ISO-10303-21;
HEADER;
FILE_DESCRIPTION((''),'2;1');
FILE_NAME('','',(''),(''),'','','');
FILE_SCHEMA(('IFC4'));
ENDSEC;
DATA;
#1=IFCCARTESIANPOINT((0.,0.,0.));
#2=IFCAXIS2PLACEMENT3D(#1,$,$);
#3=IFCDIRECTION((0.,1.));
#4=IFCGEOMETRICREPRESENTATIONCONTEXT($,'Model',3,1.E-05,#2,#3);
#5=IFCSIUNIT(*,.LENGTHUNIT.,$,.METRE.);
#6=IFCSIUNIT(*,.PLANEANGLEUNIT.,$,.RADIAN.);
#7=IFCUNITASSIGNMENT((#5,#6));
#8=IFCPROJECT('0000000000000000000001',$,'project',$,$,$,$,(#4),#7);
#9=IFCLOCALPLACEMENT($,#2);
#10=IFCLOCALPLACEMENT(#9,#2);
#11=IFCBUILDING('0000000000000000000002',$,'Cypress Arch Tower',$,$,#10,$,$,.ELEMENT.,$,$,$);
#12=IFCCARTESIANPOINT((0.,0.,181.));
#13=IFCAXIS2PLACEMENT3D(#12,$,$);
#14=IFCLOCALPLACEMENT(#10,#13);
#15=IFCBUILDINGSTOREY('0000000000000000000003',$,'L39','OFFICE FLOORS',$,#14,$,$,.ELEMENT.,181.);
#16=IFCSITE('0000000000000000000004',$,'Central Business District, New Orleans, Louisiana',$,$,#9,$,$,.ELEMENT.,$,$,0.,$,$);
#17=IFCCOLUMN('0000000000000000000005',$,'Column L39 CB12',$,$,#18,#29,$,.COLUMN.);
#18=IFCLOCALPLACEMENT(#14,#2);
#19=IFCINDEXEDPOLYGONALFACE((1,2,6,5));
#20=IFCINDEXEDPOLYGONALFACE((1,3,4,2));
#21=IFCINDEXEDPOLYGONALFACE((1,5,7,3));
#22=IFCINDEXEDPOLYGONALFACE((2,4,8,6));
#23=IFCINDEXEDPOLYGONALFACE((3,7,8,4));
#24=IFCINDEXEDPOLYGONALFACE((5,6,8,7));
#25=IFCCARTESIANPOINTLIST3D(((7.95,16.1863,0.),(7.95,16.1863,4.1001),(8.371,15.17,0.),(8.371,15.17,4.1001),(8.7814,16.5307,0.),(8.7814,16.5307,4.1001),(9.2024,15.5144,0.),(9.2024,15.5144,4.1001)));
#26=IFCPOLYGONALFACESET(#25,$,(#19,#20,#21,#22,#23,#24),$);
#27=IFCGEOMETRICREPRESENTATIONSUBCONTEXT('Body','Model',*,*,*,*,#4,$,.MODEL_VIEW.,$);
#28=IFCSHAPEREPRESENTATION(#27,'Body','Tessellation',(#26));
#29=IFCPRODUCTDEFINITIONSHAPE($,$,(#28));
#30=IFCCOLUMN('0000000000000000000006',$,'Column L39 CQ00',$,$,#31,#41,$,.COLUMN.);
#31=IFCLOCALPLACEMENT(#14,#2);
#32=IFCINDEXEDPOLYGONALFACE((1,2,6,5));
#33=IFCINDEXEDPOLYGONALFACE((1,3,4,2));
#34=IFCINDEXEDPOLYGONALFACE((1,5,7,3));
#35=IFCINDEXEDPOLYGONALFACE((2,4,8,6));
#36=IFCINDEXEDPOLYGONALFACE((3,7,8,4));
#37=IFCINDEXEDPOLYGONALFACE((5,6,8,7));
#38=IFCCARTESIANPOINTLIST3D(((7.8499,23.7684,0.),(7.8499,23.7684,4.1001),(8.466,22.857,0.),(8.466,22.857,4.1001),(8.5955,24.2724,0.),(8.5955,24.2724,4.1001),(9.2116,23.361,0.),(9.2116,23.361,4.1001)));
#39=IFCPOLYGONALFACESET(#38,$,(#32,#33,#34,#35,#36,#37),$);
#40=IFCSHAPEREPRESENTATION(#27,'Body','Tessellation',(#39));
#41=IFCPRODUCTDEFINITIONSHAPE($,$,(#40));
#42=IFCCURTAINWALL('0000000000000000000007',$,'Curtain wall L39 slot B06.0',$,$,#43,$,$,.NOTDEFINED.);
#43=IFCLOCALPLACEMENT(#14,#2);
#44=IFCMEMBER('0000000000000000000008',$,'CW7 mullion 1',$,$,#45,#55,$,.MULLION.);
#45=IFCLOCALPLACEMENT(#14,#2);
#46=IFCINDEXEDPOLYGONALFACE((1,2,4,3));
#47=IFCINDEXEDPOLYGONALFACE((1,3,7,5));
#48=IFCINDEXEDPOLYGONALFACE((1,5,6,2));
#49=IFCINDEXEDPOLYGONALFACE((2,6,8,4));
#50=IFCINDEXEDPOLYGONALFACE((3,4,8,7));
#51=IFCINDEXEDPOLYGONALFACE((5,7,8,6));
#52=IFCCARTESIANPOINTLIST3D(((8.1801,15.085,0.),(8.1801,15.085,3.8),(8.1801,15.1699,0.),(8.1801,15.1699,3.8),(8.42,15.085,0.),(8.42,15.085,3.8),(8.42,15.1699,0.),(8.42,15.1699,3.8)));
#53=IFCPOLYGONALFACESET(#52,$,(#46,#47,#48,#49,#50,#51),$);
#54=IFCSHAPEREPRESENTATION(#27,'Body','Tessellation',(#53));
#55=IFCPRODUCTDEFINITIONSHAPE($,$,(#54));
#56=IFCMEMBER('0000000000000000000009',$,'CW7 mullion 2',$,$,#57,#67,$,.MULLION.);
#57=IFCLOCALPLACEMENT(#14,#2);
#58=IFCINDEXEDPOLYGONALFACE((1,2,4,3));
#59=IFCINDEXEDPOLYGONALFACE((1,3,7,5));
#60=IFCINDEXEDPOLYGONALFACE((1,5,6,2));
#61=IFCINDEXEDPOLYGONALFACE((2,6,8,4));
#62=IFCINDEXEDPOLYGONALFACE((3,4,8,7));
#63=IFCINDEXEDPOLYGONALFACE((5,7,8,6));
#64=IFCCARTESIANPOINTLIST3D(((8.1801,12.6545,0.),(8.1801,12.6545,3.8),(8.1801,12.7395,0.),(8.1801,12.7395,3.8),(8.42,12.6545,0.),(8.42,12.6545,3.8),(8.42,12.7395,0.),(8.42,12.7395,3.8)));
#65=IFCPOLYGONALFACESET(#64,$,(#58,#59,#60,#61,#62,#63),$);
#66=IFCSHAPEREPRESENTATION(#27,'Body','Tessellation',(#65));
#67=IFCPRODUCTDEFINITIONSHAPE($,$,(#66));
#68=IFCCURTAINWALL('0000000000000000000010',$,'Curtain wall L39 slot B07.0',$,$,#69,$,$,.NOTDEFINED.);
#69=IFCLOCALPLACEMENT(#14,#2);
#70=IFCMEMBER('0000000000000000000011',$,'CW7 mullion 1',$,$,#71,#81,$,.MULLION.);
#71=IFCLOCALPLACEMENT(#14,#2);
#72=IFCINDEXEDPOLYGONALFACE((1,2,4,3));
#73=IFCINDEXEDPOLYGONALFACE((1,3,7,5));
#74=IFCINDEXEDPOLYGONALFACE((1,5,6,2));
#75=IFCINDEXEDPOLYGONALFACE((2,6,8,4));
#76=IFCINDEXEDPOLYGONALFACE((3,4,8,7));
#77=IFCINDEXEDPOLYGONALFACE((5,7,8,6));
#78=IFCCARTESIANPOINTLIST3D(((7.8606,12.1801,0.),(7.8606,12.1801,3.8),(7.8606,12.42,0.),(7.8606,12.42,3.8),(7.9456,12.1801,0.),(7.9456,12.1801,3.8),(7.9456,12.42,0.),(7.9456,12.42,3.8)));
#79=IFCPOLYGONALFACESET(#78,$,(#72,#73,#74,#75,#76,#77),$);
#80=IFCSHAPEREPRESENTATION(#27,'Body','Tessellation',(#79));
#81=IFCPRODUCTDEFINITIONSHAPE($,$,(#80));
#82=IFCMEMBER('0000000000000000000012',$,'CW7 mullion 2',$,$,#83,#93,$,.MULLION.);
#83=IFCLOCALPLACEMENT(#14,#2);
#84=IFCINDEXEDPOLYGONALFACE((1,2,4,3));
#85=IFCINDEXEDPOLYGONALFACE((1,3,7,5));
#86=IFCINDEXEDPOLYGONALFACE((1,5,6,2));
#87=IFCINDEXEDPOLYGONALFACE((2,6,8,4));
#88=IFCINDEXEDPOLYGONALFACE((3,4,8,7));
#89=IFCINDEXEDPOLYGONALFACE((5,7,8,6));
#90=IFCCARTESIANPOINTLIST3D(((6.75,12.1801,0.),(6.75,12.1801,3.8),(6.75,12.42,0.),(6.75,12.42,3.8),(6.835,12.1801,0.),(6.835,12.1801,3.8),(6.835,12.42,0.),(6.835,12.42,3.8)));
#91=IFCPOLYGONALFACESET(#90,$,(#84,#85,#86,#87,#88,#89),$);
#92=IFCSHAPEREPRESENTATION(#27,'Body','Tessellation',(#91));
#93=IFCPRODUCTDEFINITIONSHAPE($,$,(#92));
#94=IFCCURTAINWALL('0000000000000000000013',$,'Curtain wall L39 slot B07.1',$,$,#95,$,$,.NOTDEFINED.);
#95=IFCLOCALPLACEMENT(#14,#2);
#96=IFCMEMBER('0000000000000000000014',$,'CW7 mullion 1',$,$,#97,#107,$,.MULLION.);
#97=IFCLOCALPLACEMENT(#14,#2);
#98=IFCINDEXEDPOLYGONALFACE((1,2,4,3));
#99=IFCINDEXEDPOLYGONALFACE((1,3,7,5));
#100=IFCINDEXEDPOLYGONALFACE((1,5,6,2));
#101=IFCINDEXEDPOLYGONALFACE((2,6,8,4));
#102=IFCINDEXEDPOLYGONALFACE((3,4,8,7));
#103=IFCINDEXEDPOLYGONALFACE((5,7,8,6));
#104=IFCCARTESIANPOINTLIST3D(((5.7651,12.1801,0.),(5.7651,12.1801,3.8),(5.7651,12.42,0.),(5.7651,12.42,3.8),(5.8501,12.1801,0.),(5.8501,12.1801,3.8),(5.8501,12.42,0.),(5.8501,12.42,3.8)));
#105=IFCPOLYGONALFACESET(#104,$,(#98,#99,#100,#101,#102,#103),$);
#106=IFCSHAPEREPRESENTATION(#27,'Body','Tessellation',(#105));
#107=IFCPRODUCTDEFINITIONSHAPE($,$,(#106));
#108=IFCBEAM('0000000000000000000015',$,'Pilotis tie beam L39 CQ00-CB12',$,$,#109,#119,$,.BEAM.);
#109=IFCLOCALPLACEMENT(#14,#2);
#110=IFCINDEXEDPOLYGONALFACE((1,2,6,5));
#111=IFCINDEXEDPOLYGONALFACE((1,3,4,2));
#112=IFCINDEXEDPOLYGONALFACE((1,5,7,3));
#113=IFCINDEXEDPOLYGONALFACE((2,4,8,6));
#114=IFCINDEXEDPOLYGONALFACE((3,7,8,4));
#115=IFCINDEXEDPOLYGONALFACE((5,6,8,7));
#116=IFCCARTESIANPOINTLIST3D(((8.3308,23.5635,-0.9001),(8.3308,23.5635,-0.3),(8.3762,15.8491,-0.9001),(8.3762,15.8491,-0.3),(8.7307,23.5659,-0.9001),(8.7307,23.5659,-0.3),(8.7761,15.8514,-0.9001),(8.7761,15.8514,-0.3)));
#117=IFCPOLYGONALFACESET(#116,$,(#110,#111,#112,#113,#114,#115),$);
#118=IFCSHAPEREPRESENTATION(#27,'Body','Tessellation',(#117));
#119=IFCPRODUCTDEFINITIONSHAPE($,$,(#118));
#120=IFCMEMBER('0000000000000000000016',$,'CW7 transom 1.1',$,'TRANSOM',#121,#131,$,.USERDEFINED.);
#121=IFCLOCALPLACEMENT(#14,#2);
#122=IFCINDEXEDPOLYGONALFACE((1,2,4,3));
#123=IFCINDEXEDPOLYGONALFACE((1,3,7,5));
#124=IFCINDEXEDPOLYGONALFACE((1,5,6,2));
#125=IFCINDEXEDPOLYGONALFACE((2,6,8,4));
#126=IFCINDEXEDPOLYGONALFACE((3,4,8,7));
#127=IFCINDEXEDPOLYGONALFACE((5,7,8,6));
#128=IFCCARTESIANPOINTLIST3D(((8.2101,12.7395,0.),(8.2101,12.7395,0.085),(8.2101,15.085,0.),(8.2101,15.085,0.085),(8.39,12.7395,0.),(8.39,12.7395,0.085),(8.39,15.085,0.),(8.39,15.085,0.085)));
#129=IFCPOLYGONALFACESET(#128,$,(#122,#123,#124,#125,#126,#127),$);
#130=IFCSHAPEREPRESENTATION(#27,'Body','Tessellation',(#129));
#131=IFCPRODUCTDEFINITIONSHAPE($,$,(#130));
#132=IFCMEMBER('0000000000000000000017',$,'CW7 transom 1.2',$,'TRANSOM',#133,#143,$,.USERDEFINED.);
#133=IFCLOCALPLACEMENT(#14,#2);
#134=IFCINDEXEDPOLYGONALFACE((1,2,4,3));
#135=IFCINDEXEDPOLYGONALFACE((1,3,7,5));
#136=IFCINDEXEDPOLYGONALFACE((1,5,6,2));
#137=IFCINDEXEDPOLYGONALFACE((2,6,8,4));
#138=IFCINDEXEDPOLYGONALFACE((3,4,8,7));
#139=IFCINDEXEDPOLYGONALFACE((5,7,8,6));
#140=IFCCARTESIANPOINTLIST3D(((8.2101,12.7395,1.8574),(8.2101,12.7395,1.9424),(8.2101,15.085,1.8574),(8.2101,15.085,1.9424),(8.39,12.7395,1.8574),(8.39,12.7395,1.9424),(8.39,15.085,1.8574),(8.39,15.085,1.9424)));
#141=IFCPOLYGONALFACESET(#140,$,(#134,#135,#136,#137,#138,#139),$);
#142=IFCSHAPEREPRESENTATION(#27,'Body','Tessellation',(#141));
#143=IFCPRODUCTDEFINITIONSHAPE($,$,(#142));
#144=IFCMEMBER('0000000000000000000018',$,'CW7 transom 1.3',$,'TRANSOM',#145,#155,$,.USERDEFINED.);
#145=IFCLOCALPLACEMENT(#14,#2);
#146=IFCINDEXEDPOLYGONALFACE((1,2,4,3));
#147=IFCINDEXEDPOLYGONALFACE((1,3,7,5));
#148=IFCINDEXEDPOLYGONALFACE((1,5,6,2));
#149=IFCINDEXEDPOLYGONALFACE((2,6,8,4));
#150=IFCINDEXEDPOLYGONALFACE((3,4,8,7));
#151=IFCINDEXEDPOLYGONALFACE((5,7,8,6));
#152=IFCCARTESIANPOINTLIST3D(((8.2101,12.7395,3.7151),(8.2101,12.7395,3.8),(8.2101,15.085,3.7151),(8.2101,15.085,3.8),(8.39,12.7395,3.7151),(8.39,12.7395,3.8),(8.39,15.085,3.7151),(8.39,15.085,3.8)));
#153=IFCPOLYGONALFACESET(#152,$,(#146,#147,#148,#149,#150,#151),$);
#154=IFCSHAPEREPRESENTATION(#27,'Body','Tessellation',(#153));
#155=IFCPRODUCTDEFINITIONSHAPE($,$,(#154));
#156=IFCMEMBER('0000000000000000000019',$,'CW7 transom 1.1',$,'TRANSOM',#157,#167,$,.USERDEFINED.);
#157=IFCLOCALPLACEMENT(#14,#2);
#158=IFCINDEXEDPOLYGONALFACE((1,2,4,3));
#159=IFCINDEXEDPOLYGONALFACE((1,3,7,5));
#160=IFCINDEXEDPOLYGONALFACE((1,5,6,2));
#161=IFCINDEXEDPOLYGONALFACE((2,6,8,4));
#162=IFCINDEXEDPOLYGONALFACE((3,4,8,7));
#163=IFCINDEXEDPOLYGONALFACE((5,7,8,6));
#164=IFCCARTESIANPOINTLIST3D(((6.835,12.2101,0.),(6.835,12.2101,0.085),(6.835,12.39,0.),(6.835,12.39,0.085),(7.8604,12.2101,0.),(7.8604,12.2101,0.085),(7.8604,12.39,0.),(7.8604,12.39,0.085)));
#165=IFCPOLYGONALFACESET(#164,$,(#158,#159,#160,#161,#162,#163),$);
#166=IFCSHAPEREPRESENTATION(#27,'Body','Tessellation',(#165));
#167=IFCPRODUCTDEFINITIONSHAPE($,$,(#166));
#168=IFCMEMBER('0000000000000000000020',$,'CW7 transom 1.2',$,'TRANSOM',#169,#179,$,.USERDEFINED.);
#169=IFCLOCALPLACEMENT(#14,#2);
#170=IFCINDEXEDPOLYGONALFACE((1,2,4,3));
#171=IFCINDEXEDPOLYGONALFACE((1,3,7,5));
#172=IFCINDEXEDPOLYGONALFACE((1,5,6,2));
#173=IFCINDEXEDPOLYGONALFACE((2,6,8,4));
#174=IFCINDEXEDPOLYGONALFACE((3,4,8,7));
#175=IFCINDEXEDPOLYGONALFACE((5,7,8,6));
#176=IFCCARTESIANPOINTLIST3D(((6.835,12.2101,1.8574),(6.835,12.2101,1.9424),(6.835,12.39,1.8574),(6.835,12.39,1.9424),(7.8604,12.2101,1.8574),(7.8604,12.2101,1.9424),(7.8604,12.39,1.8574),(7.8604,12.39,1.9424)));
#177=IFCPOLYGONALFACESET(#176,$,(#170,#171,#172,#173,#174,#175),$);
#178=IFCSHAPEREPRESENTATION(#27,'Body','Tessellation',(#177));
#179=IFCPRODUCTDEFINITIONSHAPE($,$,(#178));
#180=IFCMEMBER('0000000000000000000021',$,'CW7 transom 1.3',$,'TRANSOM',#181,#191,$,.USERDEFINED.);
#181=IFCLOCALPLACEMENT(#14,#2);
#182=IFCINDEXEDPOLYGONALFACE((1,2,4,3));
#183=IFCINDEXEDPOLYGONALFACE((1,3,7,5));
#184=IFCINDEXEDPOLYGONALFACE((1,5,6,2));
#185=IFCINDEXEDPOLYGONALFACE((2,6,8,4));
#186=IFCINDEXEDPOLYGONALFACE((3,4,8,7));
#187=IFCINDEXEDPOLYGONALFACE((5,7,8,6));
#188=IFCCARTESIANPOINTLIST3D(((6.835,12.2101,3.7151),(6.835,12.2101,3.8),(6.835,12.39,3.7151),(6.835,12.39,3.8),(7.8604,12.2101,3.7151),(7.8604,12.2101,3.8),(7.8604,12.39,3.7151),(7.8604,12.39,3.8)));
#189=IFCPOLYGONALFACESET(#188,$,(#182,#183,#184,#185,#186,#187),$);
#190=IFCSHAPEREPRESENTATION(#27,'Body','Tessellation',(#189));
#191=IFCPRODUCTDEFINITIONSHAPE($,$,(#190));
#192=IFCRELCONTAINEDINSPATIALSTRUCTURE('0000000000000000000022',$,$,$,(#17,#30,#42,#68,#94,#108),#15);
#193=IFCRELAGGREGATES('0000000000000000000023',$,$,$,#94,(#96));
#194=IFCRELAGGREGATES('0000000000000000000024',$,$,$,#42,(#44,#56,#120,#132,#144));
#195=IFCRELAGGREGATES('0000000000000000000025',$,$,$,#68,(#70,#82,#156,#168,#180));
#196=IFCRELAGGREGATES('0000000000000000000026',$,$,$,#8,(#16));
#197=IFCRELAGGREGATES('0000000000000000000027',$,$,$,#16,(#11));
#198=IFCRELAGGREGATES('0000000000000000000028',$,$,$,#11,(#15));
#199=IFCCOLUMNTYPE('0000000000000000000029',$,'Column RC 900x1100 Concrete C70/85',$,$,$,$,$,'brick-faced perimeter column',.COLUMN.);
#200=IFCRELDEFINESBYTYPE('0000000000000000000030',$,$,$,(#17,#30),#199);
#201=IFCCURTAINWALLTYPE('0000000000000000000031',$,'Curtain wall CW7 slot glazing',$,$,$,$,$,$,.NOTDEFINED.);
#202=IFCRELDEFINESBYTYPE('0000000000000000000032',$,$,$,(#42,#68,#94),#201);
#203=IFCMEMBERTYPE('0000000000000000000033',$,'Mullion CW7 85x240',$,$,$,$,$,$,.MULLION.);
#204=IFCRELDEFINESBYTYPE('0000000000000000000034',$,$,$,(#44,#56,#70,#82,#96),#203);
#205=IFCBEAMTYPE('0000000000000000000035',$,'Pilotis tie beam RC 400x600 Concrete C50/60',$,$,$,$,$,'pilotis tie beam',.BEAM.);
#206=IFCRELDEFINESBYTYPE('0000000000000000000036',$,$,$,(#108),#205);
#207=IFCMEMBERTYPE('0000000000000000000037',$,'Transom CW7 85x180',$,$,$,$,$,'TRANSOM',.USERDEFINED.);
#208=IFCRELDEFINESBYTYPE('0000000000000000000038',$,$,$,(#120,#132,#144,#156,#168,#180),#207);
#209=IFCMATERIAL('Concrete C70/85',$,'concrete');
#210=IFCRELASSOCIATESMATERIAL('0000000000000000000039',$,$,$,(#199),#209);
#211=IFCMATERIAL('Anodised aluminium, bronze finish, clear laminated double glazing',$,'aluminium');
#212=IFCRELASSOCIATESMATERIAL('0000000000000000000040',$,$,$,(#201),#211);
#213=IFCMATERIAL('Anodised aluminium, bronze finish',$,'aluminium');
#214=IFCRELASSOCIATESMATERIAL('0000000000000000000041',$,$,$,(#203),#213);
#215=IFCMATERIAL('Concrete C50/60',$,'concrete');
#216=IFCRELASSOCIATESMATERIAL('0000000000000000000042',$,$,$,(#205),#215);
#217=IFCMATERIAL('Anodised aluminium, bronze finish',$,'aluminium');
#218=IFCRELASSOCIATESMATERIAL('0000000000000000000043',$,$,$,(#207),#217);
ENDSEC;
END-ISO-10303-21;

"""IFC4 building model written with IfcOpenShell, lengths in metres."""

from ifc_helpers import new_model, si_unit, direction, frame, origin, origin_2d, place, context, subcontext, project, spatial, rectangle, extrude, material, material_profile, profile_set, type_object, element, aggregate, save


model = new_model("IFC4")

# Units and contexts
model_context = context("Model", 3, precision=1e-05, world=origin(), true_north=direction((0.0, 1.0)))
body_context = subcontext(model_context, "Body", "Model", "MODEL_VIEW")
ifc_project = project(units=[si_unit("LENGTHUNIT", "METRE"), si_unit("PLANEANGLEUNIT", "RADIAN")], contexts=[model_context])

# Site, building, storey
site_placement = place(None, origin())
site = spatial("IfcSite", under=ifc_project, at=site_placement, Name="Central Business District, New Orleans, Louisiana", CompositionType="ELEMENT", RefElevation=0.0)
building_placement = place(site_placement, origin())
building = spatial("IfcBuilding", under=site, at=building_placement, Name="Cypress Arch Tower", CompositionType="ELEMENT")
storey_placement = place(building_placement, frame((0.0, 0.0, 181.0)))
storey = spatial("IfcBuildingStorey", under=building, at=storey_placement, Name="L39", Description="OFFICE FLOORS", CompositionType="ELEMENT", Elevation=181.0)

# Columns
ifc_material_1 = material(Name="Concrete C70/85", Category="concrete")
ifc_material_profile_1 = material_profile(ifc_material_1, rectangle(XDim=0.8999, YDim=1.1001, at=origin_2d()), Name="RC 900x1100")
ifc_profile_set_1 = profile_set([ifc_material_profile_1], Name="Concrete C70/85")
column_type = type_object("IfcColumnType", Name="Column RC 900x1100 Concrete C70/85", ElementType="brick-faced perimeter column", PredefinedType="COLUMN", material=ifc_profile_set_1)
for number, where, z_axis, x_axis, name in (
    (1, (8.5762, 15.8503, 0.0), (0.0, 0.0, 1.0), (-0.92388, -0.382683, 0.0), "Column L39 CB12"),
    (2, (8.5308, 23.5647, 0.0), (0.0, 0.0, 1.0), (-0.82847, -0.560034, 0.0), "Column L39 CQ00"),
):
    element("IfcColumn", number, at=place(storey_placement, frame(where, z_axis=z_axis, x_axis=x_axis)), inside=storey, type_object=column_type, Name=name, PredefinedType="COLUMN", context=body_context, shape_type="SweptSolid", body=[
        extrude(rectangle(XDim=0.8999, YDim=1.1001, at=origin_2d()), origin(), (0.0, 0.0, 1.0), 4.1001),
    ])

# Curtain walls, members
ifc_material_2 = material(Name="Anodised aluminium, bronze finish, clear laminated double glazing", Category="aluminium")
curtain_wall_type = type_object("IfcCurtainWallType", Name="Curtain wall CW7 slot glazing", PredefinedType="NOTDEFINED", material=ifc_material_2)
curtain_wall_1_placement = place(storey_placement, origin())
curtain_wall_1 = element("IfcCurtainWall", 3, at=curtain_wall_1_placement, inside=storey, type_object=curtain_wall_type, Name="Curtain wall L39 slot B06.0", PredefinedType="NOTDEFINED")
ifc_material_3 = material(Name="Anodised aluminium, bronze finish", Category="aluminium")
ifc_material_profile_2 = material_profile(ifc_material_3, rectangle(XDim=0.24, YDim=0.085, at=origin_2d()), Name="Mullion 85x240")
ifc_profile_set_2 = profile_set([ifc_material_profile_2], Name="Anodised aluminium, bronze finish")
member_type_1 = type_object("IfcMemberType", Name="Mullion CW7 85x240", PredefinedType="MULLION", material=ifc_profile_set_2)
member_1_placement = place(storey_placement, frame((8.3, 15.1274, 0.0), z_axis=(0.0, 0.0, 1.0), x_axis=(1.0, 0.0, 0.0)))
member_1 = element("IfcMember", 4, at=member_1_placement, type_object=member_type_1, Name="CW7 mullion 1", PredefinedType="MULLION", context=body_context, shape_type="SweptSolid", body=[
    extrude(rectangle(XDim=0.24, YDim=0.085, at=origin_2d()), origin(), (0.0, 0.0, 1.0), 3.8),
])
member_2_placement = place(storey_placement, frame((8.3, 12.697, 0.0), z_axis=(0.0, 0.0, 1.0), x_axis=(1.0, 0.0, 0.0)))
member_2 = element("IfcMember", 5, at=member_2_placement, type_object=member_type_1, Name="CW7 mullion 2", PredefinedType="MULLION", context=body_context, shape_type="SweptSolid", body=[
    extrude(rectangle(XDim=0.24, YDim=0.085, at=origin_2d()), origin(), (0.0, 0.0, 1.0), 3.8),
])
curtain_wall_2_placement = place(storey_placement, origin())
curtain_wall_2 = element("IfcCurtainWall", 6, at=curtain_wall_2_placement, inside=storey, type_object=curtain_wall_type, Name="Curtain wall L39 slot B07.0", PredefinedType="NOTDEFINED")
member_3_placement = place(storey_placement, frame((7.9031, 12.3, 0.0), z_axis=(0.0, 0.0, 1.0), x_axis=(0.0, -1.0, 0.0)))
member_3 = element("IfcMember", 7, at=member_3_placement, type_object=member_type_1, Name="CW7 mullion 1", PredefinedType="MULLION", context=body_context, shape_type="SweptSolid", body=[
    extrude(rectangle(XDim=0.24, YDim=0.085, at=origin_2d()), origin(), (0.0, 0.0, 1.0), 3.8),
])
member_4_placement = place(storey_placement, frame((6.7925, 12.3, 0.0), z_axis=(0.0, 0.0, 1.0), x_axis=(0.0, -1.0, 0.0)))
member_4 = element("IfcMember", 8, at=member_4_placement, type_object=member_type_1, Name="CW7 mullion 2", PredefinedType="MULLION", context=body_context, shape_type="SweptSolid", body=[
    extrude(rectangle(XDim=0.24, YDim=0.085, at=origin_2d()), origin(), (0.0, 0.0, 1.0), 3.8),
])

# Curtain wall, member
curtain_wall_3_placement = place(storey_placement, origin())
curtain_wall_3 = element("IfcCurtainWall", 9, at=curtain_wall_3_placement, inside=storey, type_object=curtain_wall_type, Name="Curtain wall L39 slot B07.1", PredefinedType="NOTDEFINED")
member_5_placement = place(storey_placement, frame((5.8076, 12.3, 0.0), z_axis=(0.0, 0.0, 1.0), x_axis=(0.0, -1.0, 0.0)))
member_5 = element("IfcMember", 10, at=member_5_placement, type_object=member_type_1, Name="CW7 mullion 1", PredefinedType="MULLION", context=body_context, shape_type="SweptSolid", body=[
    extrude(rectangle(XDim=0.24, YDim=0.085, at=origin_2d()), origin(), (0.0, 0.0, 1.0), 3.8),
])

# Beam
ifc_material_4 = material(Name="Concrete C50/60", Category="concrete")
ifc_material_profile_3 = material_profile(ifc_material_4, rectangle(XDim=0.3999, YDim=0.6001, at=origin_2d()), Name="RC 400x600")
ifc_profile_set_3 = profile_set([ifc_material_profile_3], Name="Concrete C50/60")
beam_type = type_object("IfcBeamType", Name="Pilotis tie beam RC 400x600 Concrete C50/60", ElementType="pilotis tie beam", PredefinedType="BEAM", material=ifc_profile_set_3)
beam_placement = place(storey_placement, frame((8.5308, 23.5647, -0.6001), z_axis=(0.005886, -0.999983, 0.0), x_axis=(0.999983, 0.005886, 0.0)))
element("IfcBeam", 11, at=beam_placement, inside=storey, type_object=beam_type, Name="Pilotis tie beam L39 CQ00-CB12", PredefinedType="BEAM", context=body_context, shape_type="SweptSolid", body=[
    extrude(rectangle(XDim=0.3999, YDim=0.6001, at=origin_2d()), origin(), (0.0, 0.0, 1.0), 7.7146),
])

# Members
ifc_material_5 = material(Name="Anodised aluminium, bronze finish", Category="aluminium")
ifc_material_profile_4 = material_profile(ifc_material_5, rectangle(XDim=0.1799, YDim=0.085, at=origin_2d()), Name="Transom 85x180")
ifc_profile_set_4 = profile_set([ifc_material_profile_4], Name="Anodised aluminium, bronze finish")
member_type_2 = type_object("IfcMemberType", Name="Transom CW7 85x180", ElementType="TRANSOM", PredefinedType="USERDEFINED", material=ifc_profile_set_4)
member_6_placement = place(storey_placement, frame((8.3, 15.085, 0.0425), z_axis=(0.0, -1.0, 0.0), x_axis=(1.0, 0.0, 0.0)))
member_6 = element("IfcMember", 12, at=member_6_placement, type_object=member_type_2, Name="CW7 transom 1.1", ObjectType="TRANSOM", PredefinedType="USERDEFINED", context=body_context, shape_type="SweptSolid", body=[
    extrude(rectangle(XDim=0.1799, YDim=0.085, at=origin_2d()), origin(), (0.0, 0.0, 1.0), 2.3455),
])
member_7_placement = place(storey_placement, frame((8.3, 15.085, 1.8999), z_axis=(0.0, -1.0, 0.0), x_axis=(1.0, 0.0, 0.0)))
member_7 = element("IfcMember", 13, at=member_7_placement, type_object=member_type_2, Name="CW7 transom 1.2", ObjectType="TRANSOM", PredefinedType="USERDEFINED", context=body_context, shape_type="SweptSolid", body=[
    extrude(rectangle(XDim=0.1799, YDim=0.085, at=origin_2d()), origin(), (0.0, 0.0, 1.0), 2.3455),
])
member_8_placement = place(storey_placement, frame((8.3, 15.085, 3.7576), z_axis=(0.0, -1.0, 0.0), x_axis=(1.0, 0.0, 0.0)))
member_8 = element("IfcMember", 14, at=member_8_placement, type_object=member_type_2, Name="CW7 transom 1.3", ObjectType="TRANSOM", PredefinedType="USERDEFINED", context=body_context, shape_type="SweptSolid", body=[
    extrude(rectangle(XDim=0.1799, YDim=0.085, at=origin_2d()), origin(), (0.0, 0.0, 1.0), 2.3455),
])
member_9_placement = place(storey_placement, frame((7.8604, 12.3, 0.0425), z_axis=(-1.0, 0.0, 0.0), x_axis=(0.0, -1.0, 0.0)))
member_9 = element("IfcMember", 15, at=member_9_placement, type_object=member_type_2, Name="CW7 transom 1.1", ObjectType="TRANSOM", PredefinedType="USERDEFINED", context=body_context, shape_type="SweptSolid", body=[
    extrude(rectangle(XDim=0.1799, YDim=0.085, at=origin_2d()), origin(), (0.0, 0.0, 1.0), 1.0254),
])
member_10_placement = place(storey_placement, frame((7.8604, 12.3, 1.8999), z_axis=(-1.0, 0.0, 0.0), x_axis=(0.0, -1.0, 0.0)))
member_10 = element("IfcMember", 16, at=member_10_placement, type_object=member_type_2, Name="CW7 transom 1.2", ObjectType="TRANSOM", PredefinedType="USERDEFINED", context=body_context, shape_type="SweptSolid", body=[
    extrude(rectangle(XDim=0.1799, YDim=0.085, at=origin_2d()), origin(), (0.0, 0.0, 1.0), 1.0254),
])
member_11_placement = place(storey_placement, frame((7.8604, 12.3, 3.7576), z_axis=(-1.0, 0.0, 0.0), x_axis=(0.0, -1.0, 0.0)))
member_11 = element("IfcMember", 17, at=member_11_placement, type_object=member_type_2, Name="CW7 transom 1.3", ObjectType="TRANSOM", PredefinedType="USERDEFINED", context=body_context, shape_type="SweptSolid", body=[
    extrude(rectangle(XDim=0.1799, YDim=0.085, at=origin_2d()), origin(), (0.0, 0.0, 1.0), 1.0254),
])
aggregate(curtain_wall_3, [member_5])

aggregate(curtain_wall_1, [member_1, member_2, member_6, member_7, member_8])
aggregate(curtain_wall_2, [member_3, member_4, member_9, member_10, member_11])

save(model, "model.ifc")
